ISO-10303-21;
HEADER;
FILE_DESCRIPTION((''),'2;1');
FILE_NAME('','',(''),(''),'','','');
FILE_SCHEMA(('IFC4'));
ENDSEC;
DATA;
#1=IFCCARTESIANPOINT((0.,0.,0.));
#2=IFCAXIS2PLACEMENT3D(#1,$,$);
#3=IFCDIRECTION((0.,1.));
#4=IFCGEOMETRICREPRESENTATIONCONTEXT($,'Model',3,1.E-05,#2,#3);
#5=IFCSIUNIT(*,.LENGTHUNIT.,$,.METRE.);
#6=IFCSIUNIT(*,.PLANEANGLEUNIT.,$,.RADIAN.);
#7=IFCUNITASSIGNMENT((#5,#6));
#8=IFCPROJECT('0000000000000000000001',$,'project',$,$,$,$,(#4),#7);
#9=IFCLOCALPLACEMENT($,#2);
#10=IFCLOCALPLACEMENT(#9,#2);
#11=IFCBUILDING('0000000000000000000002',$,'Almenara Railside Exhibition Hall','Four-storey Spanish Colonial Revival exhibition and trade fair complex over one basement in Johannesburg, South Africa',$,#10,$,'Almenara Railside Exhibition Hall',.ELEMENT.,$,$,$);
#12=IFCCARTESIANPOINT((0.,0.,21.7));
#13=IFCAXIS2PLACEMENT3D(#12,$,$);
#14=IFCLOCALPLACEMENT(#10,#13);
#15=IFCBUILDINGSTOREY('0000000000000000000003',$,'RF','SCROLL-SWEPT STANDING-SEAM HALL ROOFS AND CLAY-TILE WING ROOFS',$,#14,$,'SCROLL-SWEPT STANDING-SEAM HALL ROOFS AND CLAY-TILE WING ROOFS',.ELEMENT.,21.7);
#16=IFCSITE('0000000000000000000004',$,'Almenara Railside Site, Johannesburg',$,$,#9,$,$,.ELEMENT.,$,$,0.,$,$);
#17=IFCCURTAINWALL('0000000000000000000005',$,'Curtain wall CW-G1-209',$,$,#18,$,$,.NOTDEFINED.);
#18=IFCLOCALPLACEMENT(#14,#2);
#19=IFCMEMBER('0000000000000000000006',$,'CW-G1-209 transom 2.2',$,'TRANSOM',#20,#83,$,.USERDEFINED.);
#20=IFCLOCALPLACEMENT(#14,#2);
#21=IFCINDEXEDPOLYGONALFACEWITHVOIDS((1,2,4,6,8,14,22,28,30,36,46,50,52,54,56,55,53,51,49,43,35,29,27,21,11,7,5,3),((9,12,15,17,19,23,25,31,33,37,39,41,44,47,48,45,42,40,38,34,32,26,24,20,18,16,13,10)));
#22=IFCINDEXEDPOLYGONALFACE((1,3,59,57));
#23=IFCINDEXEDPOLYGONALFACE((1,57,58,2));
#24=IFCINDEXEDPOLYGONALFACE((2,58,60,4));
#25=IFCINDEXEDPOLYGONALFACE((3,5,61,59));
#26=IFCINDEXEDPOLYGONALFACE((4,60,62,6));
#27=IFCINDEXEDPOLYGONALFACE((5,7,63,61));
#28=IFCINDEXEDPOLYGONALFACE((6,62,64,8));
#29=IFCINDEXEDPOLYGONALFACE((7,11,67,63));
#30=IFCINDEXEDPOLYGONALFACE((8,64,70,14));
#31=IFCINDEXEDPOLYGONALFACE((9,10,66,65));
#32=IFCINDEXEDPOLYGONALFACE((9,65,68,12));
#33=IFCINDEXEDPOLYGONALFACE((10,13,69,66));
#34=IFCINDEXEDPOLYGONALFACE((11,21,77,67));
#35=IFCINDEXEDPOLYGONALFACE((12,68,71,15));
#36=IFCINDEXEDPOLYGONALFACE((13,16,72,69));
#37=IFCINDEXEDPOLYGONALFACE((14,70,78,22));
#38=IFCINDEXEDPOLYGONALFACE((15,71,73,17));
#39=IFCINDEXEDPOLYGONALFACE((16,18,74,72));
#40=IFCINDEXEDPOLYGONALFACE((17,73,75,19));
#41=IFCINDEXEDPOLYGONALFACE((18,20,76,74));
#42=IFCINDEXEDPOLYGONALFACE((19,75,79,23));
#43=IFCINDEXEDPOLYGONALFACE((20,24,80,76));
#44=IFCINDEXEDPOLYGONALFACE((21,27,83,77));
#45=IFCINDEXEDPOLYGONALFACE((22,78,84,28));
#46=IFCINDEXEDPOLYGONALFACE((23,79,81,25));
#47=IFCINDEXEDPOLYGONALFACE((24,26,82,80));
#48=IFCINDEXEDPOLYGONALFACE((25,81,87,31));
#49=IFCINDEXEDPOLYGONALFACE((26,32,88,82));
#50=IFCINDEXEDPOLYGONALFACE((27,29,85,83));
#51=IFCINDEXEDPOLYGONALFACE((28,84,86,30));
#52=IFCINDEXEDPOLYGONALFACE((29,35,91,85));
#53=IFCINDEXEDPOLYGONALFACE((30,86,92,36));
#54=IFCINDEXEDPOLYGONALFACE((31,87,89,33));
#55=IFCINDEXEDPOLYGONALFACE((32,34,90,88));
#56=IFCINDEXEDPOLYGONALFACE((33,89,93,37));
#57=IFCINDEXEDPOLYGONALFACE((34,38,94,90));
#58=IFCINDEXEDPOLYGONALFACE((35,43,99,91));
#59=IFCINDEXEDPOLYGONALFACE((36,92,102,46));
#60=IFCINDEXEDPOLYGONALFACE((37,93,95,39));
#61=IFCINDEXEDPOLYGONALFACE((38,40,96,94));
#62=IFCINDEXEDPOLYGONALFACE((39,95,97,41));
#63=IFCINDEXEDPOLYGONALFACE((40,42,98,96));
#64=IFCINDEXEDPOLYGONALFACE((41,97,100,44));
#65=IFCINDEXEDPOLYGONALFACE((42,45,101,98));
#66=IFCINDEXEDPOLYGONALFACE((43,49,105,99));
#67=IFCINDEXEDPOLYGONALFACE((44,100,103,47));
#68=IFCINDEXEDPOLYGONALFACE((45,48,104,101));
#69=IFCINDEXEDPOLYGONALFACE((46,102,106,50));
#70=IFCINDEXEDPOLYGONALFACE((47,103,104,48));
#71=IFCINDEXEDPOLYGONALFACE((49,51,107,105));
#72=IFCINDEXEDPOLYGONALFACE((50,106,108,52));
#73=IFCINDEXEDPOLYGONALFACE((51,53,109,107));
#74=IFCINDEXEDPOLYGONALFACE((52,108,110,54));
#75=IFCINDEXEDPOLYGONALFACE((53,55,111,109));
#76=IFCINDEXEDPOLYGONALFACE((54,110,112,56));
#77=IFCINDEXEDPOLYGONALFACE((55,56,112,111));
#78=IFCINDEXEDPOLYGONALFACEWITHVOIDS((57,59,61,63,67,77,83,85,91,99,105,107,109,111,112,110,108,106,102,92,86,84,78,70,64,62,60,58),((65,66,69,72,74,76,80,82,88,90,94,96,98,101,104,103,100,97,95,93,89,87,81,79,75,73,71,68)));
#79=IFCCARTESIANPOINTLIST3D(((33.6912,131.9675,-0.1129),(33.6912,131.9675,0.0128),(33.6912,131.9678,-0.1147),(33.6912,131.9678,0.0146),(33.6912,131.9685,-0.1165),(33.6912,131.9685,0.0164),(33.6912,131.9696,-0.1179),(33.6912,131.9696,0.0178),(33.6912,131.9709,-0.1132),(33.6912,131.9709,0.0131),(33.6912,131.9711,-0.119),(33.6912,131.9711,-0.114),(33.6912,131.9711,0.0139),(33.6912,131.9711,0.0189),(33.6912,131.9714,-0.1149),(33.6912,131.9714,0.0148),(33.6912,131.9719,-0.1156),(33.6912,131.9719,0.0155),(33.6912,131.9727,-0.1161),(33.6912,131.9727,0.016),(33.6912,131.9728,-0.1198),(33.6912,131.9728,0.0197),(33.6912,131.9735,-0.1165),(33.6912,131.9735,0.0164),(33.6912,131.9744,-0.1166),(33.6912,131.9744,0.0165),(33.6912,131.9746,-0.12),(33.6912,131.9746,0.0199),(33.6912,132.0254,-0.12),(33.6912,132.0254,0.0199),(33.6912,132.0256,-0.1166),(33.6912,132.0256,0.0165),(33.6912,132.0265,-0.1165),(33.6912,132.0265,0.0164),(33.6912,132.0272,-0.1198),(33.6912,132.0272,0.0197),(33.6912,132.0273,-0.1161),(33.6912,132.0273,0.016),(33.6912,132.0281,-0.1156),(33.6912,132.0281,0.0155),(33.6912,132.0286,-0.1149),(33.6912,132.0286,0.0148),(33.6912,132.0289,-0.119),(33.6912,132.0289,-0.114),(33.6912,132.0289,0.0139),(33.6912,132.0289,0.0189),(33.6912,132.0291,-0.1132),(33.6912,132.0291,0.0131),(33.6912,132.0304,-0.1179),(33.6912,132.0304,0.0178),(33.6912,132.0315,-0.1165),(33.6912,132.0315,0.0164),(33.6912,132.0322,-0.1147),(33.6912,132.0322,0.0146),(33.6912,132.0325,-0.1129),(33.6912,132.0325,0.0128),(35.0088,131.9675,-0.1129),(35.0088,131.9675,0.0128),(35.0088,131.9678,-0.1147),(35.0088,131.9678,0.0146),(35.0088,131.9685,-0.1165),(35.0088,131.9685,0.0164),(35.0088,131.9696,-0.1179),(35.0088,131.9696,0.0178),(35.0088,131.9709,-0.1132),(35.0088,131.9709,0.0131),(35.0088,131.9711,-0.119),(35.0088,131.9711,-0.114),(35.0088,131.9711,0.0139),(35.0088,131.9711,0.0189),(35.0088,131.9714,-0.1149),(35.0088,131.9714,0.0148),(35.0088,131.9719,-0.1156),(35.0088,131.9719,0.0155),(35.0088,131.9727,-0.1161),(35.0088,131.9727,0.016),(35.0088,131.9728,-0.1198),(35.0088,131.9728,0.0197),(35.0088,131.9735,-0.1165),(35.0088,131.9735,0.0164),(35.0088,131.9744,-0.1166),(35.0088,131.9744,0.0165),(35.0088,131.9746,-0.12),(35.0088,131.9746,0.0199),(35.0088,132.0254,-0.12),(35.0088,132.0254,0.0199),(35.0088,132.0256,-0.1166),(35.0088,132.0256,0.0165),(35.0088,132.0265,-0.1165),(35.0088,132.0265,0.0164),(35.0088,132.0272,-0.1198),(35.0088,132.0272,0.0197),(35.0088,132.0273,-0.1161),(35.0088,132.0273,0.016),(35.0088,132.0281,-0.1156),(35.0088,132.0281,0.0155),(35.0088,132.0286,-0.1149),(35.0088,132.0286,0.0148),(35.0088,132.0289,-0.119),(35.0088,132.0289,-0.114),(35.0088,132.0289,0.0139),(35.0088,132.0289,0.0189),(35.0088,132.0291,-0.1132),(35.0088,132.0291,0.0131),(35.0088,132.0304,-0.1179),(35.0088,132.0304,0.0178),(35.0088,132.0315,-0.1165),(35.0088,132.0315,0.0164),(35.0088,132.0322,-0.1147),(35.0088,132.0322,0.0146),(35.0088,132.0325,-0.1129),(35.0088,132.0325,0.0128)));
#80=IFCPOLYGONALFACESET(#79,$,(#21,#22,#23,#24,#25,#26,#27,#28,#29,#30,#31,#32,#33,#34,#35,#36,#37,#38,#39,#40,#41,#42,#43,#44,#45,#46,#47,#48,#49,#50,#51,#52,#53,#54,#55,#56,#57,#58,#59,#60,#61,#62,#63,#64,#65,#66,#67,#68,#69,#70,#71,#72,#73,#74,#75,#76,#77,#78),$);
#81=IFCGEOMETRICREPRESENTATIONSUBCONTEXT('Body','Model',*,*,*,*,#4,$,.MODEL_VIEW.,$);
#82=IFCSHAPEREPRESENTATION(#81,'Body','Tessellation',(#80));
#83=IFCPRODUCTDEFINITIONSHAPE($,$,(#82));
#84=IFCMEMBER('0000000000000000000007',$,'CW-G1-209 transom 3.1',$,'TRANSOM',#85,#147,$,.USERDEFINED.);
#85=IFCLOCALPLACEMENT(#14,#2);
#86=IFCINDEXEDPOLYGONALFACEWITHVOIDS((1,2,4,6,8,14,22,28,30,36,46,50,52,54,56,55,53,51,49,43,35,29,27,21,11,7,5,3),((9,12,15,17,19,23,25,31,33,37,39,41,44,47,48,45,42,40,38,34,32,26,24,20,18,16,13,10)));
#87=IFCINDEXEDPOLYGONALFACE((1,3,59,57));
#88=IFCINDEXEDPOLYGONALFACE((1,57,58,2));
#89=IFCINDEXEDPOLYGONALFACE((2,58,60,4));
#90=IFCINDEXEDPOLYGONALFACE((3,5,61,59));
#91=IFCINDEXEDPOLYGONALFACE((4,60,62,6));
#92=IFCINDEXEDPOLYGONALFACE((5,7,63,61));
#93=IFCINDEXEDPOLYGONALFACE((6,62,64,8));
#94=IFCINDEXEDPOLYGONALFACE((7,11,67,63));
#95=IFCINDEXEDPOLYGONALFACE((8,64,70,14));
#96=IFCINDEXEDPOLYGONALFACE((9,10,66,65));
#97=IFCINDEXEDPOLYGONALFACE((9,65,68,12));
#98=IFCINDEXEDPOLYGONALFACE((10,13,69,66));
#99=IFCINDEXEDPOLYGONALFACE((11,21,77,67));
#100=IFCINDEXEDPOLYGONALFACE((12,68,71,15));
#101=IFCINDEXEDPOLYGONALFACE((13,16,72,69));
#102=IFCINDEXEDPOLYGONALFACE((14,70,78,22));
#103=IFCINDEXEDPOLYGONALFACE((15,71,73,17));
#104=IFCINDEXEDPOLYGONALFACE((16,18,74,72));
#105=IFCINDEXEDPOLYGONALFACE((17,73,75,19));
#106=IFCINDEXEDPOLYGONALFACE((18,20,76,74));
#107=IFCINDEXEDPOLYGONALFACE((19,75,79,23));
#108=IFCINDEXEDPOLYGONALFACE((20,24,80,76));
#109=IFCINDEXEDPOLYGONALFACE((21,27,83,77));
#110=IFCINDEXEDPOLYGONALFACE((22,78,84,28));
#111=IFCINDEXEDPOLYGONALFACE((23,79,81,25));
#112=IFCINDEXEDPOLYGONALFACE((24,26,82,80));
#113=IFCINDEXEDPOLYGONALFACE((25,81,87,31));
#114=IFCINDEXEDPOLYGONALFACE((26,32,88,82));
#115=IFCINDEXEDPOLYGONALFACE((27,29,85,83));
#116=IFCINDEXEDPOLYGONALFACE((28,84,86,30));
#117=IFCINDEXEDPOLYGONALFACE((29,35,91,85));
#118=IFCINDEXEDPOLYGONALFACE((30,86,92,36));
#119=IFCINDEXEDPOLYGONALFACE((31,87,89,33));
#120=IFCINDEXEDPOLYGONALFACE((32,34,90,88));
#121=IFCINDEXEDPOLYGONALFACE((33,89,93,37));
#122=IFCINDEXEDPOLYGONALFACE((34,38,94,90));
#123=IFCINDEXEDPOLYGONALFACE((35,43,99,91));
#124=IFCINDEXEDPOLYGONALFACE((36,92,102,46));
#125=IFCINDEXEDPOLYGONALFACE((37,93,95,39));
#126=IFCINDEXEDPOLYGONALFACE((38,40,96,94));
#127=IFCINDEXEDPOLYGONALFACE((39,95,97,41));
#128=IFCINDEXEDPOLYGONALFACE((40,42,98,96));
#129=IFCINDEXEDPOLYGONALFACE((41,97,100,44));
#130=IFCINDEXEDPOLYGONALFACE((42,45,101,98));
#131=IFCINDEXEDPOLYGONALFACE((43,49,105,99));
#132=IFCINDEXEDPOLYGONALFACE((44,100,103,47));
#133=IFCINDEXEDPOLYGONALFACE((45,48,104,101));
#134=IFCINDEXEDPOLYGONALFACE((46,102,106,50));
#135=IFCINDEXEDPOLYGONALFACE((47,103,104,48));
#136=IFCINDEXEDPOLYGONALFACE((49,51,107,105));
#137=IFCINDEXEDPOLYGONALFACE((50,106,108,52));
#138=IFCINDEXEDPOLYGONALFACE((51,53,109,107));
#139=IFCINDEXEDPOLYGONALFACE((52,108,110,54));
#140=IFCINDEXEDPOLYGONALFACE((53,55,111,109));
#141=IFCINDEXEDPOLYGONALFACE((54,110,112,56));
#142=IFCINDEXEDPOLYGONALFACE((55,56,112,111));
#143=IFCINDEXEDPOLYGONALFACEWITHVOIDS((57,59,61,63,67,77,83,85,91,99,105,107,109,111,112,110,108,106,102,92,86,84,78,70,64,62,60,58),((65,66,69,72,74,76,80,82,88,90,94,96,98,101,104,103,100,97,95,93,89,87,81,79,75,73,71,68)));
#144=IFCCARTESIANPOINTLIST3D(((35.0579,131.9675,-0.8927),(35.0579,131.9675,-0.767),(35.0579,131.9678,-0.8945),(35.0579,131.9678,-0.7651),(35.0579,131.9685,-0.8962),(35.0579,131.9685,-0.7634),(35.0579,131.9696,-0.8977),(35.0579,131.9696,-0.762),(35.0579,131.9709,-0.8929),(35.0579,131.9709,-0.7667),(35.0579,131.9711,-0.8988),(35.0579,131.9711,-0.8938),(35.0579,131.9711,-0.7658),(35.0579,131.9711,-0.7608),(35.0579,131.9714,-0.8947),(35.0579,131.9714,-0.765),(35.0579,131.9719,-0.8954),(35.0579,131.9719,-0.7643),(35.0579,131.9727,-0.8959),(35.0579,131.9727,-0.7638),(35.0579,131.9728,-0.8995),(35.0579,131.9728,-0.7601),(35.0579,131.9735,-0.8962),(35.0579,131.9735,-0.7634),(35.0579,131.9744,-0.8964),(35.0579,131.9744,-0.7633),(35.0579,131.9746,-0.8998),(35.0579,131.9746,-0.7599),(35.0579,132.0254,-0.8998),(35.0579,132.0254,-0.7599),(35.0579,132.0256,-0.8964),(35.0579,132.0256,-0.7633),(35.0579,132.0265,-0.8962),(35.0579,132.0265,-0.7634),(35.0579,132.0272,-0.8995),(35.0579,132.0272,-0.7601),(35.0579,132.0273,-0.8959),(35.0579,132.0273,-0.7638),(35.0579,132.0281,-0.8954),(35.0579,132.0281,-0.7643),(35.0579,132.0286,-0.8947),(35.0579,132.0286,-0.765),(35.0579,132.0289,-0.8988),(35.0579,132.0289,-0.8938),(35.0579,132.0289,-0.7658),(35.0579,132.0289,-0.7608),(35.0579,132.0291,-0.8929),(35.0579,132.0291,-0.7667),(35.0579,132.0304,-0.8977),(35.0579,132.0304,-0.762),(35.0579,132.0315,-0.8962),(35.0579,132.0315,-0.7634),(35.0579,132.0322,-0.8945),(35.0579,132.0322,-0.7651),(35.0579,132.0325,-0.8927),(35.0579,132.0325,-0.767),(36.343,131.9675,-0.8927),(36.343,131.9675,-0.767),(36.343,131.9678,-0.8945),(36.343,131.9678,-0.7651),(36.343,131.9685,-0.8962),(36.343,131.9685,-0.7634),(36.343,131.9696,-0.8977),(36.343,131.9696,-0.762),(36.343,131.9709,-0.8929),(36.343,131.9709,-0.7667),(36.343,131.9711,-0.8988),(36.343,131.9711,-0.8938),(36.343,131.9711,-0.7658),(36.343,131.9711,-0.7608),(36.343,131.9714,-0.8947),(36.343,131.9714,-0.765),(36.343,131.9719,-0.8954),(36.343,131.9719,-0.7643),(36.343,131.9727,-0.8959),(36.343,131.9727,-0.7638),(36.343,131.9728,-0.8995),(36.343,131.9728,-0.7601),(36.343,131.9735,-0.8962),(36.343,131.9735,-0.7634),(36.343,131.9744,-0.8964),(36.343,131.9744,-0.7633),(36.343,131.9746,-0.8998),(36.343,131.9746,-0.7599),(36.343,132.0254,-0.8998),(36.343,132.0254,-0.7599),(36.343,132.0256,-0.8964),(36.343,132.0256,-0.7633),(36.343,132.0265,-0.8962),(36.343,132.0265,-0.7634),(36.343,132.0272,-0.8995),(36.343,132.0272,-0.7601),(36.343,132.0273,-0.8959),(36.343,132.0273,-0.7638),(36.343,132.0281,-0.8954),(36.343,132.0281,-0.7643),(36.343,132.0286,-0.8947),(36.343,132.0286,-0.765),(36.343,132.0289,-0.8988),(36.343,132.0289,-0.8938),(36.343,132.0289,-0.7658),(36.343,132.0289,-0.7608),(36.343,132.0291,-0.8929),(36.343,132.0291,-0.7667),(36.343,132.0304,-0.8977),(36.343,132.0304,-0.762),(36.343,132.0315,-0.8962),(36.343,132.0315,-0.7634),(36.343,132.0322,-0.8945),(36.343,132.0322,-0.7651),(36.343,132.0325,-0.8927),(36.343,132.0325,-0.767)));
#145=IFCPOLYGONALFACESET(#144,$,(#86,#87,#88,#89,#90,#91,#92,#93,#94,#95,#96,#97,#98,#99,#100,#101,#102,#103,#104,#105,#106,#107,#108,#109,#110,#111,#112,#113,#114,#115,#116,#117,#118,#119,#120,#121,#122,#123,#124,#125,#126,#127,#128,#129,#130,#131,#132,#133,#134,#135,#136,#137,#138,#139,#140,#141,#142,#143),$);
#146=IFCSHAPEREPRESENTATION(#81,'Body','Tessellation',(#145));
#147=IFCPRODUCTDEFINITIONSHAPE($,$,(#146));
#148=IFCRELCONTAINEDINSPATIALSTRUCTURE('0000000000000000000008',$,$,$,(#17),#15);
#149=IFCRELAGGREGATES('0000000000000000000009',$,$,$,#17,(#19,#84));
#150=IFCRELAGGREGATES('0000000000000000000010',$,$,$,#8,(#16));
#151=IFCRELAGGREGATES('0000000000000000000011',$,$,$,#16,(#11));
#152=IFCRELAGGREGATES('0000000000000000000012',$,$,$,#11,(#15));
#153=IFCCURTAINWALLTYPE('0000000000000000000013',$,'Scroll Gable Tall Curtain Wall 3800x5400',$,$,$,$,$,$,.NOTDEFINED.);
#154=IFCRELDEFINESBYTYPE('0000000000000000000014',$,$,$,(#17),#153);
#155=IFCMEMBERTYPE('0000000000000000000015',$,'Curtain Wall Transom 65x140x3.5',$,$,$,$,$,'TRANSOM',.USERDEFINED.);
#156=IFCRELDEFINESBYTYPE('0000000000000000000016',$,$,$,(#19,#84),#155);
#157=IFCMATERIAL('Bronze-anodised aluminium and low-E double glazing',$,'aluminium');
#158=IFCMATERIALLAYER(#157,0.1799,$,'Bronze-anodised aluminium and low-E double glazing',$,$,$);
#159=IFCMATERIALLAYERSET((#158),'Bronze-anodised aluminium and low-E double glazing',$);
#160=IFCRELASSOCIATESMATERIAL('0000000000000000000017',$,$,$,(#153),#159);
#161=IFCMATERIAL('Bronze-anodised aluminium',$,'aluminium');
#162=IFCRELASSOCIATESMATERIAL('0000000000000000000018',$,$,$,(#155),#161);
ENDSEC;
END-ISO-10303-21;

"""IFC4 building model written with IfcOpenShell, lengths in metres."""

from ifc_helpers import new_model, si_unit, direction, frame, origin, origin_2d, place, context, subcontext, project, spatial, hollow_rectangle, extrude, material, layer, layer_set, material_profile, profile_set, type_object, element, aggregate, save


model = new_model("IFC4")

# Units and contexts
model_context = context("Model", 3, precision=1e-05, world=origin(), true_north=direction((0.0, 1.0)))
body_context = subcontext(model_context, "Body", "Model", "MODEL_VIEW")
ifc_project = project(units=[si_unit("LENGTHUNIT", "METRE"), si_unit("PLANEANGLEUNIT", "RADIAN")], contexts=[model_context])

# Site, building, storey
site_placement = place(None, origin())
site = spatial("IfcSite", under=ifc_project, at=site_placement, Name="Almenara Railside Site, Johannesburg", CompositionType="ELEMENT", RefElevation=0.0)
building_placement = place(site_placement, origin())
building = spatial("IfcBuilding", under=site, at=building_placement, Name="Almenara Railside Exhibition Hall", Description="Four-storey Spanish Colonial Revival exhibition and trade fair complex over one basement in Johannesburg, South Africa", LongName="Almenara Railside Exhibition Hall", CompositionType="ELEMENT")
storey_placement = place(building_placement, frame((0.0, 0.0, 21.7)))
storey = spatial("IfcBuildingStorey", under=building, at=storey_placement, Name="RF", Description="SCROLL-SWEPT STANDING-SEAM HALL ROOFS AND CLAY-TILE WING ROOFS", LongName="SCROLL-SWEPT STANDING-SEAM HALL ROOFS AND CLAY-TILE WING ROOFS", CompositionType="ELEMENT", Elevation=21.7)

# Curtain wall
ifc_material_1 = material(Name="Bronze-anodised aluminium and low-E double glazing", Category="aluminium")
ifc_layer_1 = layer(ifc_material_1, 0.1799, Name="Bronze-anodised aluminium and low-E double glazing")
ifc_layer_set_1 = layer_set([ifc_layer_1], Name="Bronze-anodised aluminium and low-E double glazing")
curtain_wall_type = type_object("IfcCurtainWallType", Name="Scroll Gable Tall Curtain Wall 3800x5400", PredefinedType="NOTDEFINED", material=ifc_layer_set_1)
ifc_material_2 = material(Name="Bronze-anodised aluminium", Category="aluminium")
curtain_wall_1_placement = place(storey_placement, origin())
curtain_wall_1 = element("IfcCurtainWall", 1, at=curtain_wall_1_placement, inside=storey, type_object=curtain_wall_type, Name="Curtain wall CW-G1-209", PredefinedType="NOTDEFINED")

# Members
ifc_material_profile_1 = material_profile(ifc_material_2, hollow_rectangle(XDim=0.0649, YDim=0.1399, WallThickness=0.0034, InnerFilletRadius=0.0034, OuterFilletRadius=0.0071, at=origin_2d()), Name="ALU-TRN 65x140x3.5")
ifc_profile_set_1 = profile_set([ifc_material_profile_1], Name="Bronze-anodised aluminium")
member_type_1 = type_object("IfcMemberType", Name="Curtain Wall Transom 65x140x3.5", ElementType="TRANSOM", PredefinedType="USERDEFINED", material=ifc_profile_set_1)
member_1_placement = place(storey_placement, frame((33.6912, 132.0, -0.05), z_axis=(1.0, 0.0, 0.0), x_axis=(0.0, 1.0, 0.0)))
member_1 = element("IfcMember", 2, at=member_1_placement, type_object=member_type_1, Name="CW-G1-209 transom 2.2", ObjectType="TRANSOM", PredefinedType="USERDEFINED", context=body_context, shape_type="SweptSolid", body=[
    extrude(hollow_rectangle(XDim=0.0649, YDim=0.1399, WallThickness=0.0034, InnerFilletRadius=0.0034, OuterFilletRadius=0.0071, at=origin_2d()), origin(), (0.0, 0.0, 1.0), 1.3176),
])
member_2_placement = place(storey_placement, frame((35.0579, 132.0, -0.8298), z_axis=(1.0, 0.0, 0.0), x_axis=(0.0, 1.0, 0.0)))
member_2 = element("IfcMember", 3, at=member_2_placement, type_object=member_type_1, Name="CW-G1-209 transom 3.1", ObjectType="TRANSOM", PredefinedType="USERDEFINED", context=body_context, shape_type="SweptSolid", body=[
    extrude(hollow_rectangle(XDim=0.0649, YDim=0.1399, WallThickness=0.0034, InnerFilletRadius=0.0034, OuterFilletRadius=0.0071, at=origin_2d()), origin(), (0.0, 0.0, 1.0), 1.2852),
])

aggregate(curtain_wall_1, [member_1, member_2])

save(model, "model.ifc")
